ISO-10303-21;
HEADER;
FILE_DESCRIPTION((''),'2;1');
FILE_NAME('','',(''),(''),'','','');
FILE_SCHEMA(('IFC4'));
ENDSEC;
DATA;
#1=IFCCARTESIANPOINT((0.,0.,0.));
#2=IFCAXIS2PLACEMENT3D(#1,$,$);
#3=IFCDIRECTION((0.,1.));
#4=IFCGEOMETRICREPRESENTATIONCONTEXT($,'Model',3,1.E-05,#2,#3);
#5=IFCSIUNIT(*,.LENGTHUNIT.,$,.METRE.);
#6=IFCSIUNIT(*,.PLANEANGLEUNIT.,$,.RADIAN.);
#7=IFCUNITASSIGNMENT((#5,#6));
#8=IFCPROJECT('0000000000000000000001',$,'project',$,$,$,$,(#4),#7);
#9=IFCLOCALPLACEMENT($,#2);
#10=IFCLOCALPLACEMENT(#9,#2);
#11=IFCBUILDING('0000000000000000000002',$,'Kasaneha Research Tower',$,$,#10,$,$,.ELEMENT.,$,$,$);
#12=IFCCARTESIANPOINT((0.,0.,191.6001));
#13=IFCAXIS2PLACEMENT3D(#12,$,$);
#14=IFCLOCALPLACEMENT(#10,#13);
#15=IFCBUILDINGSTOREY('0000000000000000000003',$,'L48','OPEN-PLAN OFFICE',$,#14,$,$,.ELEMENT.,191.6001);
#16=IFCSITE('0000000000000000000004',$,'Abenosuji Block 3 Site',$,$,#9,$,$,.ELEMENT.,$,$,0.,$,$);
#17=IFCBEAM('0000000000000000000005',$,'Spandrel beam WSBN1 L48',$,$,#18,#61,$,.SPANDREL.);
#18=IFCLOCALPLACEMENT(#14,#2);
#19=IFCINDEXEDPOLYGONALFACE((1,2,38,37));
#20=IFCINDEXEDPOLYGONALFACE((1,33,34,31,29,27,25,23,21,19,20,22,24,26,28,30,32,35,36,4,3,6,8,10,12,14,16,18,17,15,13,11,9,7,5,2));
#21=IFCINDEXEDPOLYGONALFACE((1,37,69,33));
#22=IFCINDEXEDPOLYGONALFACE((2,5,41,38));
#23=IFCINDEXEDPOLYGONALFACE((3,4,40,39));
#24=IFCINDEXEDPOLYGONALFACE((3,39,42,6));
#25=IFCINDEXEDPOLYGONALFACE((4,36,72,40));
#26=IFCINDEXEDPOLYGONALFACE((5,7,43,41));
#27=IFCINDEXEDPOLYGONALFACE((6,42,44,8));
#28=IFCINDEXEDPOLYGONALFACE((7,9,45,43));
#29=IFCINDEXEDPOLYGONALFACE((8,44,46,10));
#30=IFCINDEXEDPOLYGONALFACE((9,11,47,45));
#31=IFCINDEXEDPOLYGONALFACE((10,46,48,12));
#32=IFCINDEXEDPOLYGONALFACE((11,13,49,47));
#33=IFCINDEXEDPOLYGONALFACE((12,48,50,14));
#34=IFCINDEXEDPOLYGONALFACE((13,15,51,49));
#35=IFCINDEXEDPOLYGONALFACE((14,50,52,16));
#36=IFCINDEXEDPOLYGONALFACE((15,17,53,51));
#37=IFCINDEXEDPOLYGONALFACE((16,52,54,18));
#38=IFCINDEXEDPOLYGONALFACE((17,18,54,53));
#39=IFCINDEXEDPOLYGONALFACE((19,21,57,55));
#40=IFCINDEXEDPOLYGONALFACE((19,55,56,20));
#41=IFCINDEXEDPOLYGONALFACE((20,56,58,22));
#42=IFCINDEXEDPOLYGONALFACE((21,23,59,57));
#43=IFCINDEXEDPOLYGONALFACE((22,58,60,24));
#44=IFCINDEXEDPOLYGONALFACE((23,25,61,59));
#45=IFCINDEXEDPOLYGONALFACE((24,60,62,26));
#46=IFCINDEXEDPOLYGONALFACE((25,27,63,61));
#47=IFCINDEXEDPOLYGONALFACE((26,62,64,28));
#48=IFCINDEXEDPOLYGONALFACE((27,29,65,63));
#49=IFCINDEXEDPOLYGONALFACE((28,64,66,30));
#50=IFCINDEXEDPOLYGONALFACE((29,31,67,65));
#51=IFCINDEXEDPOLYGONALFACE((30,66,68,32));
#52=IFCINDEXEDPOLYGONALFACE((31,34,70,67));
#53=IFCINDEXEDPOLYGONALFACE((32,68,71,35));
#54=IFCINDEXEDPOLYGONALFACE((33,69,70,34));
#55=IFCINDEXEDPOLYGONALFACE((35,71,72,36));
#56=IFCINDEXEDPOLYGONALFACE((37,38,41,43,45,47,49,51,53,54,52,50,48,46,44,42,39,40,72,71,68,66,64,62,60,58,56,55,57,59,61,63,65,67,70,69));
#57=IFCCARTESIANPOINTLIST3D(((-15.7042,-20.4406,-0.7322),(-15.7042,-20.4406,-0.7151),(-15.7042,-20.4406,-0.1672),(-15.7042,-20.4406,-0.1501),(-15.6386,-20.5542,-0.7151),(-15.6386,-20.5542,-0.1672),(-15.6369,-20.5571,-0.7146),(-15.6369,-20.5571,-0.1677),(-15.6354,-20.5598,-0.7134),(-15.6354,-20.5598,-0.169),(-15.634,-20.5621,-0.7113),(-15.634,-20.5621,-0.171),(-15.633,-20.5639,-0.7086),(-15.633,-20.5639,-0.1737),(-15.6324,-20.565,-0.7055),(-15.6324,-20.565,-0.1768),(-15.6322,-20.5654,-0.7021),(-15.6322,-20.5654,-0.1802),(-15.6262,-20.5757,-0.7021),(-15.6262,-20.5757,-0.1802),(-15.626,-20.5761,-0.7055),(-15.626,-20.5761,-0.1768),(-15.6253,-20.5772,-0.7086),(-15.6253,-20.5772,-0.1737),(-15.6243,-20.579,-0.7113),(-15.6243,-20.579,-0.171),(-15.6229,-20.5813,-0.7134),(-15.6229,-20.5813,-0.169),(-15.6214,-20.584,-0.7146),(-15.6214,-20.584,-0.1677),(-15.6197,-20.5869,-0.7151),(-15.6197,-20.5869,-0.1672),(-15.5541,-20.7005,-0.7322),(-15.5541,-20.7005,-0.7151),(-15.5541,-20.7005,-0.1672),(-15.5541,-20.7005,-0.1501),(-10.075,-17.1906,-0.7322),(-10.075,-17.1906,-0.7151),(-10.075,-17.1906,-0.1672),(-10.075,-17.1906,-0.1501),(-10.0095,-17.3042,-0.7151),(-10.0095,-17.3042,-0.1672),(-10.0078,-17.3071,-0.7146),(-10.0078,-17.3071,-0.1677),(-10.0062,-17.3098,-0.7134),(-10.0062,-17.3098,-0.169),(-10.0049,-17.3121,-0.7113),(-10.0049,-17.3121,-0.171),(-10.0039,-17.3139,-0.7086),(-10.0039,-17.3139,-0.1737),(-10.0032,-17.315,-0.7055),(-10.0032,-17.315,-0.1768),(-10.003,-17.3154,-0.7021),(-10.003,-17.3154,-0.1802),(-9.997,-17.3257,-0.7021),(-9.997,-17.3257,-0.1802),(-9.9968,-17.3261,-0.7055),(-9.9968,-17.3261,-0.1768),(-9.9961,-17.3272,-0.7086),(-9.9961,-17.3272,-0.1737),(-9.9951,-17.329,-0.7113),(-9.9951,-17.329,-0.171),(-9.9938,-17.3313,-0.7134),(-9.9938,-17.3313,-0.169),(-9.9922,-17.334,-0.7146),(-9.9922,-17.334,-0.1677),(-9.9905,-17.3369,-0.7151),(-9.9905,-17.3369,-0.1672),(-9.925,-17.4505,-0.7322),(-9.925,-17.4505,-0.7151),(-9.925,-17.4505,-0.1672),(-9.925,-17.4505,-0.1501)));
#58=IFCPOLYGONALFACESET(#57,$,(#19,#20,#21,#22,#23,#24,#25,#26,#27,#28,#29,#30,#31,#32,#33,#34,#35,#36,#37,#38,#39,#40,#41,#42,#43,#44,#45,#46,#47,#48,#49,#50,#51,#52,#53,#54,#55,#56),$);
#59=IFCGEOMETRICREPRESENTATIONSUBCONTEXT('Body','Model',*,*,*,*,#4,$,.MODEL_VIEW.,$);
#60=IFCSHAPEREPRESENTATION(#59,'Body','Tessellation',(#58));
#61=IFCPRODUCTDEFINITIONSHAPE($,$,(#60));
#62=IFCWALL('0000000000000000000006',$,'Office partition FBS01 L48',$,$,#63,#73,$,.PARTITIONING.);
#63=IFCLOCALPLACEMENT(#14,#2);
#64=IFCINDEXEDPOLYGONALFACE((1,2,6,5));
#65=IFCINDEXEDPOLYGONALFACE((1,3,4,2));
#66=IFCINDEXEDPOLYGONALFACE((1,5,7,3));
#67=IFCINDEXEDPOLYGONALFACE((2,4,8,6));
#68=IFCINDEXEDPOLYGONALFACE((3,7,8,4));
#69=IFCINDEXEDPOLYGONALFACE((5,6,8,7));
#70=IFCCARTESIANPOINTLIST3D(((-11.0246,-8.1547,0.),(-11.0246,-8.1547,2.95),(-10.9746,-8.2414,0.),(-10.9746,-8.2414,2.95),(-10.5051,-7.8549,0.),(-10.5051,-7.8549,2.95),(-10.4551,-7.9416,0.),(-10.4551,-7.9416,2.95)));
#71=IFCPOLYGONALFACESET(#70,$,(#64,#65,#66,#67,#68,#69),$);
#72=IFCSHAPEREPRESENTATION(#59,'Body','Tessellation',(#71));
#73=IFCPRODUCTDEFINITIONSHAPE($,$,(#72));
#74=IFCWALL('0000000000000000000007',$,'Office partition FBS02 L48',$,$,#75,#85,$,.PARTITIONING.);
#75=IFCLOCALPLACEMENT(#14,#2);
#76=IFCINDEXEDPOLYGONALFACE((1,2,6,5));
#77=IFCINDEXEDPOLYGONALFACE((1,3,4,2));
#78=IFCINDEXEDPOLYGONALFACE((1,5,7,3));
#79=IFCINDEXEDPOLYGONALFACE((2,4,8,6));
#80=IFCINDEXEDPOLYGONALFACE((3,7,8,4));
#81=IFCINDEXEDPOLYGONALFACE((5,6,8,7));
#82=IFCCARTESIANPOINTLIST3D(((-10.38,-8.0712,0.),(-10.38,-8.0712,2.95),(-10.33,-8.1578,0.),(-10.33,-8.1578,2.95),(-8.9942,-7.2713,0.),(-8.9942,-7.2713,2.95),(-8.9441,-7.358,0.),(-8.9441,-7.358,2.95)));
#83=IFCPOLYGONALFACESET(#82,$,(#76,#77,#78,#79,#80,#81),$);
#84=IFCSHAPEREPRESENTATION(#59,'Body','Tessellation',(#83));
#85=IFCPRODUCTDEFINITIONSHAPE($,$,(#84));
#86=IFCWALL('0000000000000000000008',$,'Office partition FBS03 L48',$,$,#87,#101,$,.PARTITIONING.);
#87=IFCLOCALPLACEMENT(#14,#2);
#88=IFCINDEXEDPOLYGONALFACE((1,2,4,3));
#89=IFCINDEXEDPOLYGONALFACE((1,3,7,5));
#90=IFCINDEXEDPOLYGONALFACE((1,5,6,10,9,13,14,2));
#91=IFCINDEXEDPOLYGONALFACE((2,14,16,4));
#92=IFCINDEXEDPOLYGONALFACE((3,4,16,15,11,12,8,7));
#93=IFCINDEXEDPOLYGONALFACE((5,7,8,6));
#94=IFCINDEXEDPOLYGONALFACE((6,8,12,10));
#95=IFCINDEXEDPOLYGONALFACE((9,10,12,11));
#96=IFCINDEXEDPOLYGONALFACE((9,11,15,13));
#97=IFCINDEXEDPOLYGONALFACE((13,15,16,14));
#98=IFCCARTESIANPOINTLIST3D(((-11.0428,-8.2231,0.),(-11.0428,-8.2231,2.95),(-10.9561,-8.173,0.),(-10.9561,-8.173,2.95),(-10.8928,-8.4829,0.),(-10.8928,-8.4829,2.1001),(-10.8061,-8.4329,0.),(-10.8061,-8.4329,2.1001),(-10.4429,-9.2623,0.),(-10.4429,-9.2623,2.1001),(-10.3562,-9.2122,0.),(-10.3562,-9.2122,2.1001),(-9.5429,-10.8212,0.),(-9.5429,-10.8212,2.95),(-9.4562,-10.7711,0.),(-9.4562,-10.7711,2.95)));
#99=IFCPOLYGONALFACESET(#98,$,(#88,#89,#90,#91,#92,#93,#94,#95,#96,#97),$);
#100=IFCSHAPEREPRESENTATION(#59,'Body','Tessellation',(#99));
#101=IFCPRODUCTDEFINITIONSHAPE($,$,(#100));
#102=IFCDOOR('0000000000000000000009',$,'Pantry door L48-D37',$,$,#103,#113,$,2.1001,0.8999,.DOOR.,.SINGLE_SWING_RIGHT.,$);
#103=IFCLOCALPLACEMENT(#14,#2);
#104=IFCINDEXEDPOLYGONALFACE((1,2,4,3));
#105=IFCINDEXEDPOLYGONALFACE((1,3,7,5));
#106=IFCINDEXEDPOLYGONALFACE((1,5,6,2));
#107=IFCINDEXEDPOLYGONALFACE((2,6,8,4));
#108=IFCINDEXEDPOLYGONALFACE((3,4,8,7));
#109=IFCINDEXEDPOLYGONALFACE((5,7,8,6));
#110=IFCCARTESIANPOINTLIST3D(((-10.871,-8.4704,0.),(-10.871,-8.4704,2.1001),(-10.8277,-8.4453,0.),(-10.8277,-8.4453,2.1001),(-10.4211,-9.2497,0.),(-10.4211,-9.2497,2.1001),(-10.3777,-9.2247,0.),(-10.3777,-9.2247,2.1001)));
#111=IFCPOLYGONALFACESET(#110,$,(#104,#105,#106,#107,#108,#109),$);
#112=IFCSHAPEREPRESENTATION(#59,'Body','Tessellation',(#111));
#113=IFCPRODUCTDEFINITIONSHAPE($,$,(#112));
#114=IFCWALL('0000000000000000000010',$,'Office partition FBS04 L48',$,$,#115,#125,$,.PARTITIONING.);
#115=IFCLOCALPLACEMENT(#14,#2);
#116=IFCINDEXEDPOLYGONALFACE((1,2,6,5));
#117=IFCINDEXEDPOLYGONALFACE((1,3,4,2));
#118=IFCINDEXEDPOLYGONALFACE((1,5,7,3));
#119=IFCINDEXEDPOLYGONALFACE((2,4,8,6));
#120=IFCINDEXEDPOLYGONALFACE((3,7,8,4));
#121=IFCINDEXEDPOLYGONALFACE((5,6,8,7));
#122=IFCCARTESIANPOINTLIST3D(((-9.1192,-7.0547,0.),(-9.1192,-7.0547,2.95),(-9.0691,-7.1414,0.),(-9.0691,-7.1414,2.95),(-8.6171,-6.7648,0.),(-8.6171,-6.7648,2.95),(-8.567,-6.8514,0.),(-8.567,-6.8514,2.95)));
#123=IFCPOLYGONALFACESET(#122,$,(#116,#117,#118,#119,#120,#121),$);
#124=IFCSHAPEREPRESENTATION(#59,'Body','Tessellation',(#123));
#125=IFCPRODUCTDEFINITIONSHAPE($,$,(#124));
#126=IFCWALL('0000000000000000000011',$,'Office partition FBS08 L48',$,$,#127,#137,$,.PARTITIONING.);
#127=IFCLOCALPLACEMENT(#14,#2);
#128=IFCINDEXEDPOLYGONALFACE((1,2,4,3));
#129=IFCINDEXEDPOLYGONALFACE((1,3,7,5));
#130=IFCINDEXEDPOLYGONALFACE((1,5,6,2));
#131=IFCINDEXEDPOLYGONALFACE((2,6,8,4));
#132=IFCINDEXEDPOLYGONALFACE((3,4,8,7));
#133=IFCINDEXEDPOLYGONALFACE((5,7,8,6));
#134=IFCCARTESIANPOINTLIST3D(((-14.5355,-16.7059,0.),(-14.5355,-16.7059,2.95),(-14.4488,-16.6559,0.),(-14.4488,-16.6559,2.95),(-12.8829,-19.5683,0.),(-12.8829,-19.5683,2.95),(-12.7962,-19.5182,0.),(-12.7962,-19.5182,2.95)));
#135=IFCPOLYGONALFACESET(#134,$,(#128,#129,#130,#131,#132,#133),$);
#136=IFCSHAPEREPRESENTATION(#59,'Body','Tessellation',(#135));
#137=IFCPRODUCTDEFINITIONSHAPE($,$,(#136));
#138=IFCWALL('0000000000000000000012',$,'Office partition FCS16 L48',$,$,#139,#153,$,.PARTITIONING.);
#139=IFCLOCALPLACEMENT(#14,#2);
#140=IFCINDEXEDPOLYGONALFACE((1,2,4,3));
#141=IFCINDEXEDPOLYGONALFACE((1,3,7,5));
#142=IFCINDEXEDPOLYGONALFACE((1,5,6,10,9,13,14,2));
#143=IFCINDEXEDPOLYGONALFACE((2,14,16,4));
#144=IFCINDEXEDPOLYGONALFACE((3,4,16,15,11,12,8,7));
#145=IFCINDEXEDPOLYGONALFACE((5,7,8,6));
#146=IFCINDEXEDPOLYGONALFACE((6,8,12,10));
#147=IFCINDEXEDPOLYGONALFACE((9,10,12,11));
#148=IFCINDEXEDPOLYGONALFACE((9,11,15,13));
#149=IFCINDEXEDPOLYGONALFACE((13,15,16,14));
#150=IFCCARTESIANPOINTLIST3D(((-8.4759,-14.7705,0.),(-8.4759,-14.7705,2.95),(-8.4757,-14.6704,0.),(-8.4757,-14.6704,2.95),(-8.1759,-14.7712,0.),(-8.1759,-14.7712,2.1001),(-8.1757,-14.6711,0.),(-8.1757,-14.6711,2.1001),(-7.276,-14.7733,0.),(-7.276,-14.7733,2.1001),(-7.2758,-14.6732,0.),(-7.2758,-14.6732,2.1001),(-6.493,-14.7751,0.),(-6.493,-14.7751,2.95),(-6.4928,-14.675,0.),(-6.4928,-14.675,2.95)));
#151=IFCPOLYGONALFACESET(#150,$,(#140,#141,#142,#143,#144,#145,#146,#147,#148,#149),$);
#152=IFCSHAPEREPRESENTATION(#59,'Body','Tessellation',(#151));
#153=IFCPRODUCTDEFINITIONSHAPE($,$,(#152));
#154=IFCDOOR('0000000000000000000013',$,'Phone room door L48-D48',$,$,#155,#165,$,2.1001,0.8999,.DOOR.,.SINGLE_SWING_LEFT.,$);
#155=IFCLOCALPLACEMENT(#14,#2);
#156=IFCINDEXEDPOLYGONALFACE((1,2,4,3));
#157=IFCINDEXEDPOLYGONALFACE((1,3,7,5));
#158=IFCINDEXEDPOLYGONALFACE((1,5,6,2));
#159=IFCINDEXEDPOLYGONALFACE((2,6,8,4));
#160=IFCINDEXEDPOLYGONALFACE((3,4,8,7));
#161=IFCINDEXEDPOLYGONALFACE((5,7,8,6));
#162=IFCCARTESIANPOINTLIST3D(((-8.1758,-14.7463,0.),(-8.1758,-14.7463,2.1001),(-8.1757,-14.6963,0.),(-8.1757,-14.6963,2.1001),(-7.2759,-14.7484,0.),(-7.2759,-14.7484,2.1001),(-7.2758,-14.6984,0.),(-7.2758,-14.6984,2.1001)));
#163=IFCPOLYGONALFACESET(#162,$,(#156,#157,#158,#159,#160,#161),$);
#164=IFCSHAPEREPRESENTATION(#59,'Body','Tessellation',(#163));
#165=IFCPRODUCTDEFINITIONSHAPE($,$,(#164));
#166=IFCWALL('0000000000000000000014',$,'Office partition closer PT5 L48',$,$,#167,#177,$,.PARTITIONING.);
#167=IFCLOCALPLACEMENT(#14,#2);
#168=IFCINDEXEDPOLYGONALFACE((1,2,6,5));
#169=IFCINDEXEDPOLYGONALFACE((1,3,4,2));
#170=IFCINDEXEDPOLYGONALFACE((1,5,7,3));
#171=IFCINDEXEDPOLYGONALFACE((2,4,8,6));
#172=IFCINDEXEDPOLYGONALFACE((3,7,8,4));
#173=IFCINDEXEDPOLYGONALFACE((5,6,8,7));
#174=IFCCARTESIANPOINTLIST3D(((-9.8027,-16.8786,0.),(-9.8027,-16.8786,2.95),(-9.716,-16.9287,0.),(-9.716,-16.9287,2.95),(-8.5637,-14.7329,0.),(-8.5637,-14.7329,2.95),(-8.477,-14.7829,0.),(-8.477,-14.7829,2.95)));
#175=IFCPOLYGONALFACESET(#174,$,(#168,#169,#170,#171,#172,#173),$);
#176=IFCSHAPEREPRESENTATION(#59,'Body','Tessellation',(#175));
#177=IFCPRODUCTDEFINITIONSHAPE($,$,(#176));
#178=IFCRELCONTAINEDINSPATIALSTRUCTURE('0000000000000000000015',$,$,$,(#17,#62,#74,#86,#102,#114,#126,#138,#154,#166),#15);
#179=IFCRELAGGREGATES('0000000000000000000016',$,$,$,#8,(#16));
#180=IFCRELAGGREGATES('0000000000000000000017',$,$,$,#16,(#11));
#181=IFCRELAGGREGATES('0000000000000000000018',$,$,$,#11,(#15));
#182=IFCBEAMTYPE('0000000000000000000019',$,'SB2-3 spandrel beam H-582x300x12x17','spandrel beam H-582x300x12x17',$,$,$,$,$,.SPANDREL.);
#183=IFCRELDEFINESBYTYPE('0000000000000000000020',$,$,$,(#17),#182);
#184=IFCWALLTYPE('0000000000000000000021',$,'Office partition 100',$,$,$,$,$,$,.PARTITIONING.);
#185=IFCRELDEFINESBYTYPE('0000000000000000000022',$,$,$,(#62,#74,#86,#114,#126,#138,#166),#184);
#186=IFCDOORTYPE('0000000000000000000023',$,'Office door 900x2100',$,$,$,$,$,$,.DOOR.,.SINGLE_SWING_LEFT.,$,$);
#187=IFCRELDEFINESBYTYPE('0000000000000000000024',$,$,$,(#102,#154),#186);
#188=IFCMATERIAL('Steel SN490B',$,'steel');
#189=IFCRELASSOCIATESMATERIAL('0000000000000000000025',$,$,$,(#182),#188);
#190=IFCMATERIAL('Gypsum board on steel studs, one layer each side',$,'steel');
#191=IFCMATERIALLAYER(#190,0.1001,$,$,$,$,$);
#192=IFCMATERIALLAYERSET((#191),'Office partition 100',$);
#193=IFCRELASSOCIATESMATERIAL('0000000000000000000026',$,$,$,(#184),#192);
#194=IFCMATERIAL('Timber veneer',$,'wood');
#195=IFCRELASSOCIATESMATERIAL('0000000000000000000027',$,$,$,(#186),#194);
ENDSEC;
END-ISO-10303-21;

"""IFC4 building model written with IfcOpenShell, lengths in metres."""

from ifc_helpers import new_model, si_unit, direction, frame, frame_2d, origin, origin_2d, place, context, subcontext, project, spatial, rectangle, i_section, extrude, material, layer, layer_set, material_profile, profile_set, type_object, element, fill, save


model = new_model("IFC4")

# Units and contexts
model_context = context("Model", 3, precision=1e-05, world=origin(), true_north=direction((0.0, 1.0)))
body_context = subcontext(model_context, "Body", "Model", "MODEL_VIEW")
ifc_project = project(units=[si_unit("LENGTHUNIT", "METRE"), si_unit("PLANEANGLEUNIT", "RADIAN")], contexts=[model_context])

# Site, building, storey
site_placement = place(None, origin())
site = spatial("IfcSite", under=ifc_project, at=site_placement, Name="Abenosuji Block 3 Site", CompositionType="ELEMENT", RefElevation=0.0)
building_placement = place(site_placement, origin())
building = spatial("IfcBuilding", under=site, at=building_placement, Name="Kasaneha Research Tower", CompositionType="ELEMENT")
storey_placement = place(building_placement, frame((0.0, 0.0, 191.6001)))
storey = spatial("IfcBuildingStorey", under=building, at=storey_placement, Name="L48", Description="OPEN-PLAN OFFICE", CompositionType="ELEMENT", Elevation=191.6001)

# Beam
ifc_material_1 = material(Name="Steel SN490B", Category="steel")
ifc_material_profile_1 = material_profile(ifc_material_1, i_section(OverallWidth=0.3, OverallDepth=0.582, WebThickness=0.012, FlangeThickness=0.0171, FilletRadius=0.0129, at=origin_2d()), Name="H-582x300x12x17")
ifc_profile_set_1 = profile_set([ifc_material_profile_1], Name="Steel SN490B")
beam_type_1 = type_object("IfcBeamType", Name="SB2-3 spandrel beam H-582x300x12x17", Description="spandrel beam H-582x300x12x17", PredefinedType="SPANDREL", material=ifc_profile_set_1)
beam_1_placement = place(storey_placement, frame((-10.0, -17.3206, -0.4412), z_axis=(-0.866025, -0.500001, 0.0), x_axis=(0.500001, -0.866025, 0.0)))
element("IfcBeam", 1, at=beam_1_placement, inside=storey, type_object=beam_type_1, Name="Spandrel beam WSBN1 L48", PredefinedType="SPANDREL", context=body_context, shape_type="SweptSolid", body=[
    extrude(i_section(OverallWidth=0.3, OverallDepth=0.582, WebThickness=0.012, FlangeThickness=0.0171, FilletRadius=0.0129, at=origin_2d()), origin(), (0.0, 0.0, 1.0), 6.5),
])

# Walls
ifc_material_2 = material(Name="Gypsum board on steel studs, one layer each side", Category="steel")
ifc_layer_1 = layer(ifc_material_2, 0.1001)
ifc_layer_set_1 = layer_set([ifc_layer_1], Name="Office partition 100")
wall_type_1 = type_object("IfcWallType", Name="Office partition 100", PredefinedType="PARTITIONING", material=ifc_layer_set_1)
wall_1_placement = place(storey_placement, frame((-10.9995, -8.198, 0.0), z_axis=(0.0, 0.0, 1.0), x_axis=(0.866131, 0.499816, 0.0)))
element("IfcWall", 2, at=wall_1_placement, inside=storey, type_object=wall_type_1, Name="Office partition FBS01 L48", PredefinedType="PARTITIONING", context=body_context, shape_type="SweptSolid", body=[
    extrude(rectangle(XDim=0.5999, YDim=0.1001, at=frame_2d((0.2998, 0.0))), origin(), (0.0, 0.0, 1.0), 2.95),
])
wall_2_placement = place(storey_placement, frame((-10.355, -8.1145, 0.0), z_axis=(0.0, 0.0, 1.0), x_axis=(0.866094, 0.499881, 0.0)))
element("IfcWall", 3, at=wall_2_placement, inside=storey, type_object=wall_type_1, Name="Office partition FBS02 L48", PredefinedType="PARTITIONING", context=body_context, shape_type="SweptSolid", body=[
    extrude(rectangle(XDim=1.6001, YDim=0.1001, at=frame_2d((0.8, 0.0))), origin(), (0.0, 0.0, 1.0), 2.95),
])

# Wall, opening, door
wall_3_placement = place(storey_placement, frame((-9.4995, -10.7961, 0.0), z_axis=(0.0, 0.0, 1.0), x_axis=(-0.49999, 0.866031, 0.0)))
wall_3 = element("IfcWall", 4, at=wall_3_placement, inside=storey, type_object=wall_type_1, Name="Office partition FBS03 L48", PredefinedType="PARTITIONING", context=body_context, shape_type="SweptSolid", body=[
    extrude(rectangle(XDim=3.0, YDim=0.1001, at=frame_2d((1.5, 0.0))), origin(), (0.0, 0.0, 1.0), 2.95),
])
opening_1_placement = place(wall_3_placement, frame((1.8, 0.0, 0.0)))
opening_1 = element("IfcOpeningElement", 5, at=opening_1_placement, cuts=wall_3, PredefinedType="OPENING", context=body_context, shape_type="SweptSolid", body=[
    extrude(rectangle(XDim=0.8999, YDim=2.1001, at=frame_2d((0.45, 1.05))), frame((0.0, 0.0601, 0.0), z_axis=(0.0, -1.0, 0.0), x_axis=(1.0, 0.0, 0.0)), (0.0, 0.0, 1.0), 0.1201),
])
ifc_material_3 = material(Name="Timber veneer", Category="wood")
door_type_1 = type_object("IfcDoorType", Name="Office door 900x2100", OperationType="SINGLE_SWING_LEFT", PredefinedType="DOOR", material=ifc_material_3)
door_1_placement = place(opening_1_placement, origin())
door_1 = element("IfcDoor", 6, at=door_1_placement, inside=storey, type_object=door_type_1, Name="Pantry door L48-D37", OperationType="SINGLE_SWING_RIGHT", OverallHeight=2.1001, OverallWidth=0.8999, PredefinedType="DOOR", context=body_context, shape_type="SweptSolid", body=[
    extrude(rectangle(XDim=0.8999, YDim=2.1001, at=frame_2d((0.45, 1.05))), frame((0.0, 0.0249, 0.0), z_axis=(0.0, -1.0, 0.0), x_axis=(1.0, 0.0, 0.0)), (0.0, 0.0, 1.0), 0.05),
])
fill(opening_1, door_1)

# Walls
wall_4_placement = place(storey_placement, frame((-9.0942, -7.0981, 0.0), z_axis=(0.0, 0.0, 1.0), x_axis=(0.865954, 0.500123, 0.0)))
element("IfcWall", 7, at=wall_4_placement, inside=storey, type_object=wall_type_1, Name="Office partition FBS04 L48", PredefinedType="PARTITIONING", context=body_context, shape_type="SweptSolid", body=[
    extrude(rectangle(XDim=0.5798, YDim=0.1001, at=frame_2d((0.29, 0.0))), origin(), (0.0, 0.0, 1.0), 2.95),
])
wall_5_placement = place(storey_placement, frame((-14.4922, -16.6809, 0.0), z_axis=(0.0, 0.0, 1.0), x_axis=(0.500008, -0.866021, 0.0)))
element("IfcWall", 8, at=wall_5_placement, inside=storey, type_object=wall_type_1, Name="Office partition FBS08 L48", PredefinedType="PARTITIONING", context=body_context, shape_type="SweptSolid", body=[
    extrude(rectangle(XDim=3.3052, YDim=0.1001, at=frame_2d((1.6526, 0.0))), origin(), (0.0, 0.0, 1.0), 2.95),
])

# Wall, opening, door
wall_6_placement = place(storey_placement, frame((-8.4758, -14.7205, 0.0), z_axis=(0.0, 0.0, 1.0), x_axis=(0.999997, -0.002339, 0.0)))
wall_6 = element("IfcWall", 9, at=wall_6_placement, inside=storey, type_object=wall_type_1, Name="Office partition FCS16 L48", PredefinedType="PARTITIONING", context=body_context, shape_type="SweptSolid", body=[
    extrude(rectangle(XDim=1.9829, YDim=0.1001, at=frame_2d((0.9915, 0.0))), origin(), (0.0, 0.0, 1.0), 2.95),
])
opening_2_placement = place(wall_6_placement, frame((0.3, 0.0, 0.0)))
opening_2 = element("IfcOpeningElement", 10, at=opening_2_placement, cuts=wall_6, PredefinedType="OPENING", context=body_context, shape_type="SweptSolid", body=[
    extrude(rectangle(XDim=0.8999, YDim=2.1001, at=frame_2d((0.45, 1.05))), frame((0.0, 0.0601, 0.0), z_axis=(0.0, -1.0, 0.0), x_axis=(1.0, 0.0, 0.0)), (0.0, 0.0, 1.0), 0.1201),
])
door_2_placement = place(opening_2_placement, origin())
door_2 = element("IfcDoor", 11, at=door_2_placement, inside=storey, type_object=door_type_1, Name="Phone room door L48-D48", OperationType="SINGLE_SWING_LEFT", OverallHeight=2.1001, OverallWidth=0.8999, PredefinedType="DOOR", context=body_context, shape_type="SweptSolid", body=[
    extrude(rectangle(XDim=0.8999, YDim=2.1001, at=frame_2d((0.45, 1.05))), frame((0.0, 0.0249, 0.0), z_axis=(0.0, -1.0, 0.0), x_axis=(1.0, 0.0, 0.0)), (0.0, 0.0, 1.0), 0.05),
])
fill(opening_2, door_2)

# Wall
wall_7_placement = place(storey_placement, frame((-9.7593, -16.9036, 0.0), z_axis=(0.0, 0.0, 1.0), x_axis=(0.500049, 0.865997, 0.0)))
element("IfcWall", 12, at=wall_7_placement, inside=storey, type_object=wall_type_1, Name="Office partition closer PT5 L48", PredefinedType="PARTITIONING", context=body_context, shape_type="SweptSolid", body=[
    extrude(rectangle(XDim=2.4778, YDim=0.1001, at=frame_2d((1.2388, 0.0))), origin(), (0.0, 0.0, 1.0), 2.95),
])

save(model, "model.ifc")
